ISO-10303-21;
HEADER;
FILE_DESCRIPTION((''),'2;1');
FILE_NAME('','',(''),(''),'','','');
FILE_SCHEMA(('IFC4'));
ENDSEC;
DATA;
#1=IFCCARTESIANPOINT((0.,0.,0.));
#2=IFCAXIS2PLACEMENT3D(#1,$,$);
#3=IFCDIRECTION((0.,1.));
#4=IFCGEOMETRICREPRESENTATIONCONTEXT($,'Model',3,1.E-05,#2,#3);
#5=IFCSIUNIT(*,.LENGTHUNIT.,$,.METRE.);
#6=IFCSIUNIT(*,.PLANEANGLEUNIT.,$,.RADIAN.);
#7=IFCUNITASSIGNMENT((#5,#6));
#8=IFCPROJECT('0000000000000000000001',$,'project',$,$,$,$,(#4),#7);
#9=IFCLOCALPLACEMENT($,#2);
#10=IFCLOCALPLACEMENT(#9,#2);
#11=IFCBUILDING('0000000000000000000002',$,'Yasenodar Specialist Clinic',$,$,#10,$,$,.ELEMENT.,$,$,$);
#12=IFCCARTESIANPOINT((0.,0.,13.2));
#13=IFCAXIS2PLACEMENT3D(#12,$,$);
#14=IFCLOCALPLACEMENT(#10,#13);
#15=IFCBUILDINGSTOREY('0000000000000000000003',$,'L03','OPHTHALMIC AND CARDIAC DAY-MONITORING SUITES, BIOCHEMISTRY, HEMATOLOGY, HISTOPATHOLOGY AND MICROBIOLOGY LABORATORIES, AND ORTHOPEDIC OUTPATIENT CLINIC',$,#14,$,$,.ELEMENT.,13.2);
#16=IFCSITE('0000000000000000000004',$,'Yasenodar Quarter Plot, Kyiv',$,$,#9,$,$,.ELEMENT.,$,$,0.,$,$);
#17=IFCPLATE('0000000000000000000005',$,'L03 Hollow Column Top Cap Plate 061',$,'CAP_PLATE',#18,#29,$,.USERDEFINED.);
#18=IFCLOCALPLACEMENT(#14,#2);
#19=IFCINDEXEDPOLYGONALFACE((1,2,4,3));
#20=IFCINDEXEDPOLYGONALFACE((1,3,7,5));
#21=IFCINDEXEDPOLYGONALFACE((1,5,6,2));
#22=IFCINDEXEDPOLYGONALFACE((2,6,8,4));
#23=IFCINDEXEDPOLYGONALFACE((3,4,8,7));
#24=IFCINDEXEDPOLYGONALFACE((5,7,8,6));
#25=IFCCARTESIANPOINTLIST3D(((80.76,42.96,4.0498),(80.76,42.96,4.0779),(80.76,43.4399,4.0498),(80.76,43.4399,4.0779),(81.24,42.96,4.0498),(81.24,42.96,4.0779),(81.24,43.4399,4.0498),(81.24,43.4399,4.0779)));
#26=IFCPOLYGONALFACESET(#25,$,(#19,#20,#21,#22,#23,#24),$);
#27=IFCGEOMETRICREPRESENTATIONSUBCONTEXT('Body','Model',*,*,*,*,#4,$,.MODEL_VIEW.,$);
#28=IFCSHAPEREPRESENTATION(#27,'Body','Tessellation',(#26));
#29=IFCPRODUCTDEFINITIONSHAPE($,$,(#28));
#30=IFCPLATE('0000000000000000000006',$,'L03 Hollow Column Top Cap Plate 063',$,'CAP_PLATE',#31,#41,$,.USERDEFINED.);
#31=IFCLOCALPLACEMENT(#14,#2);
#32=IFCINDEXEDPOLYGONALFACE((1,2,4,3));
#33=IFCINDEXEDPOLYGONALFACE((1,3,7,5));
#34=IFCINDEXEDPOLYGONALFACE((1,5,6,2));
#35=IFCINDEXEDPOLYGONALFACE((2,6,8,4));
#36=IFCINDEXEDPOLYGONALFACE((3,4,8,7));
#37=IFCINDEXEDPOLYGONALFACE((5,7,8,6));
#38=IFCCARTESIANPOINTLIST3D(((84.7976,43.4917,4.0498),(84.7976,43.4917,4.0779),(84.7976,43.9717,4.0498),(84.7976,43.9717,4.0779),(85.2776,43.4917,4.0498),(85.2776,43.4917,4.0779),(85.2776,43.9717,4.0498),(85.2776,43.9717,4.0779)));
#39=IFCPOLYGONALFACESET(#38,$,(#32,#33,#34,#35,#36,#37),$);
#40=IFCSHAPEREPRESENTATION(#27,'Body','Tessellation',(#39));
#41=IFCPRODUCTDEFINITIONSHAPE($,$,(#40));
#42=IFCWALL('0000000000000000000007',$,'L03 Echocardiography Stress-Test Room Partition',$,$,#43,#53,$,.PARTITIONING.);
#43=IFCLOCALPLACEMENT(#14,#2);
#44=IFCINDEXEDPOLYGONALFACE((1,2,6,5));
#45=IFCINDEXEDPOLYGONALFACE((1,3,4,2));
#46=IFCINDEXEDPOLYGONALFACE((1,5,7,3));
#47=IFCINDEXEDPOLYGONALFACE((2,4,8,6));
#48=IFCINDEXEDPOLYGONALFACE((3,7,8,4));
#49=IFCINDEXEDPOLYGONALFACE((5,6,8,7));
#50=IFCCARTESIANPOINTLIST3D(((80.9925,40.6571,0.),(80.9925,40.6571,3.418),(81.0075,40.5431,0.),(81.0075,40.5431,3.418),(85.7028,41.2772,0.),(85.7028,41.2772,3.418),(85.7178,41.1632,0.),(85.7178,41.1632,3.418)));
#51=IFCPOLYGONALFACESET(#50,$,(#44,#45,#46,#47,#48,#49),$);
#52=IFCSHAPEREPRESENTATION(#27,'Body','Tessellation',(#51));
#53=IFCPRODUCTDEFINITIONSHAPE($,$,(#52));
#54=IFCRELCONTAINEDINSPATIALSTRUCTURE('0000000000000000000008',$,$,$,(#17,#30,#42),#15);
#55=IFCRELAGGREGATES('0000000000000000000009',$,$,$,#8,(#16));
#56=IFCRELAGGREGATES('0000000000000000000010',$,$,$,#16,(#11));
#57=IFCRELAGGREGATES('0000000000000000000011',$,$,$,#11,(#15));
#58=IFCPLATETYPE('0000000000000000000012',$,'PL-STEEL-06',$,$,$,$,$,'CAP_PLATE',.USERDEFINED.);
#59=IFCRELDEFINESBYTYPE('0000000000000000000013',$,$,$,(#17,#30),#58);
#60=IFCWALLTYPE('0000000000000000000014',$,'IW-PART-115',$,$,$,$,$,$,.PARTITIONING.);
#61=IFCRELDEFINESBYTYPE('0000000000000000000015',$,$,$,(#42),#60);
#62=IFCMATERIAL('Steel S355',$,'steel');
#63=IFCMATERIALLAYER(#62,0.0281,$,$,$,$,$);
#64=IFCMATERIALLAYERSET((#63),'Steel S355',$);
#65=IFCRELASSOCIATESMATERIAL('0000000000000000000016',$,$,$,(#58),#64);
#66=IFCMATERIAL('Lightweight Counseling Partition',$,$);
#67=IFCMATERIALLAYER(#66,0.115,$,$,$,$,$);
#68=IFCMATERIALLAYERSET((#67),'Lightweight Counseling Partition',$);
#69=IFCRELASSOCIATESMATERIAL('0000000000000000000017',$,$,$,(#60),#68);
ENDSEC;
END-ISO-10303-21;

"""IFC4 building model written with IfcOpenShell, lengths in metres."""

from ifc_helpers import new_model, si_unit, direction, frame, frame_2d, origin, origin_2d, place, context, subcontext, project, spatial, rectangle, extrude, material, layer, layer_set, type_object, element, save


model = new_model("IFC4")

# Units and contexts
model_context = context("Model", 3, precision=1e-05, world=origin(), true_north=direction((0.0, 1.0)))
body_context = subcontext(model_context, "Body", "Model", "MODEL_VIEW")
ifc_project = project(units=[si_unit("LENGTHUNIT", "METRE"), si_unit("PLANEANGLEUNIT", "RADIAN")], contexts=[model_context])

# Site, building, storey
site_placement = place(None, origin())
site = spatial("IfcSite", under=ifc_project, at=site_placement, Name="Yasenodar Quarter Plot, Kyiv", CompositionType="ELEMENT", RefElevation=0.0)
building_placement = place(site_placement, origin())
building = spatial("IfcBuilding", under=site, at=building_placement, Name="Yasenodar Specialist Clinic", CompositionType="ELEMENT")
storey_placement = place(building_placement, frame((0.0, 0.0, 13.2)))
storey = spatial("IfcBuildingStorey", under=building, at=storey_placement, Name="L03", Description="OPHTHALMIC AND CARDIAC DAY-MONITORING SUITES, BIOCHEMISTRY, HEMATOLOGY, HISTOPATHOLOGY AND MICROBIOLOGY LABORATORIES, AND ORTHOPEDIC OUTPATIENT CLINIC", CompositionType="ELEMENT", Elevation=13.2)

# Shared definitions
ifc_material_1 = material(Name="Steel S355", Category="steel")

# Plates
ifc_layer_1 = layer(ifc_material_1, 0.0281)
ifc_layer_set_1 = layer_set([ifc_layer_1], Name="Steel S355")
plate_type_1 = type_object("IfcPlateType", Name="PL-STEEL-06", ElementType="CAP_PLATE", PredefinedType="USERDEFINED", material=ifc_layer_set_1)
for number, where, z_axis, x_axis, name in (
    (1, (81.0, 43.2, 4.0498), (0.0, 0.0, 1.0), (1.0, 0.0, 0.0), "L03 Hollow Column Top Cap Plate 061"),
    (2, (85.0376, 43.7317, 4.0498), (0.0, 0.0, 1.0), (1.0, 0.0, 0.0), "L03 Hollow Column Top Cap Plate 063"),
):
    element("IfcPlate", number, at=place(storey_placement, frame(where, z_axis=z_axis, x_axis=x_axis)), inside=storey, type_object=plate_type_1, Name=name, ObjectType="CAP_PLATE", PredefinedType="USERDEFINED", context=body_context, shape_type="SweptSolid", body=[
        extrude(rectangle(XDim=0.48, YDim=0.48, at=origin_2d()), origin(), (0.0, 0.0, 1.0), 0.0281),
    ])

# Wall
ifc_material_2 = material(Name="Lightweight Counseling Partition")
ifc_layer_2 = layer(ifc_material_2, 0.115)
ifc_layer_set_2 = layer_set([ifc_layer_2], Name="Lightweight Counseling Partition")
wall_type = type_object("IfcWallType", Name="IW-PART-115", PredefinedType="PARTITIONING", material=ifc_layer_set_2)
wall_placement = place(storey_placement, frame((81.0, 40.6001, 0.0), z_axis=(0.0, 0.0, 1.0), x_axis=(0.991446, 0.130521, 0.0)))
element("IfcWall", 3, at=wall_placement, inside=storey, type_object=wall_type, Name="L03 Echocardiography Stress-Test Room Partition", PredefinedType="PARTITIONING", context=body_context, shape_type="SweptSolid", body=[
    extrude(rectangle(XDim=4.751, YDim=0.115, at=frame_2d((2.3755, 0.0))), origin(), (0.0, 0.0, 1.0), 3.418),
])

save(model, "model.ifc")
